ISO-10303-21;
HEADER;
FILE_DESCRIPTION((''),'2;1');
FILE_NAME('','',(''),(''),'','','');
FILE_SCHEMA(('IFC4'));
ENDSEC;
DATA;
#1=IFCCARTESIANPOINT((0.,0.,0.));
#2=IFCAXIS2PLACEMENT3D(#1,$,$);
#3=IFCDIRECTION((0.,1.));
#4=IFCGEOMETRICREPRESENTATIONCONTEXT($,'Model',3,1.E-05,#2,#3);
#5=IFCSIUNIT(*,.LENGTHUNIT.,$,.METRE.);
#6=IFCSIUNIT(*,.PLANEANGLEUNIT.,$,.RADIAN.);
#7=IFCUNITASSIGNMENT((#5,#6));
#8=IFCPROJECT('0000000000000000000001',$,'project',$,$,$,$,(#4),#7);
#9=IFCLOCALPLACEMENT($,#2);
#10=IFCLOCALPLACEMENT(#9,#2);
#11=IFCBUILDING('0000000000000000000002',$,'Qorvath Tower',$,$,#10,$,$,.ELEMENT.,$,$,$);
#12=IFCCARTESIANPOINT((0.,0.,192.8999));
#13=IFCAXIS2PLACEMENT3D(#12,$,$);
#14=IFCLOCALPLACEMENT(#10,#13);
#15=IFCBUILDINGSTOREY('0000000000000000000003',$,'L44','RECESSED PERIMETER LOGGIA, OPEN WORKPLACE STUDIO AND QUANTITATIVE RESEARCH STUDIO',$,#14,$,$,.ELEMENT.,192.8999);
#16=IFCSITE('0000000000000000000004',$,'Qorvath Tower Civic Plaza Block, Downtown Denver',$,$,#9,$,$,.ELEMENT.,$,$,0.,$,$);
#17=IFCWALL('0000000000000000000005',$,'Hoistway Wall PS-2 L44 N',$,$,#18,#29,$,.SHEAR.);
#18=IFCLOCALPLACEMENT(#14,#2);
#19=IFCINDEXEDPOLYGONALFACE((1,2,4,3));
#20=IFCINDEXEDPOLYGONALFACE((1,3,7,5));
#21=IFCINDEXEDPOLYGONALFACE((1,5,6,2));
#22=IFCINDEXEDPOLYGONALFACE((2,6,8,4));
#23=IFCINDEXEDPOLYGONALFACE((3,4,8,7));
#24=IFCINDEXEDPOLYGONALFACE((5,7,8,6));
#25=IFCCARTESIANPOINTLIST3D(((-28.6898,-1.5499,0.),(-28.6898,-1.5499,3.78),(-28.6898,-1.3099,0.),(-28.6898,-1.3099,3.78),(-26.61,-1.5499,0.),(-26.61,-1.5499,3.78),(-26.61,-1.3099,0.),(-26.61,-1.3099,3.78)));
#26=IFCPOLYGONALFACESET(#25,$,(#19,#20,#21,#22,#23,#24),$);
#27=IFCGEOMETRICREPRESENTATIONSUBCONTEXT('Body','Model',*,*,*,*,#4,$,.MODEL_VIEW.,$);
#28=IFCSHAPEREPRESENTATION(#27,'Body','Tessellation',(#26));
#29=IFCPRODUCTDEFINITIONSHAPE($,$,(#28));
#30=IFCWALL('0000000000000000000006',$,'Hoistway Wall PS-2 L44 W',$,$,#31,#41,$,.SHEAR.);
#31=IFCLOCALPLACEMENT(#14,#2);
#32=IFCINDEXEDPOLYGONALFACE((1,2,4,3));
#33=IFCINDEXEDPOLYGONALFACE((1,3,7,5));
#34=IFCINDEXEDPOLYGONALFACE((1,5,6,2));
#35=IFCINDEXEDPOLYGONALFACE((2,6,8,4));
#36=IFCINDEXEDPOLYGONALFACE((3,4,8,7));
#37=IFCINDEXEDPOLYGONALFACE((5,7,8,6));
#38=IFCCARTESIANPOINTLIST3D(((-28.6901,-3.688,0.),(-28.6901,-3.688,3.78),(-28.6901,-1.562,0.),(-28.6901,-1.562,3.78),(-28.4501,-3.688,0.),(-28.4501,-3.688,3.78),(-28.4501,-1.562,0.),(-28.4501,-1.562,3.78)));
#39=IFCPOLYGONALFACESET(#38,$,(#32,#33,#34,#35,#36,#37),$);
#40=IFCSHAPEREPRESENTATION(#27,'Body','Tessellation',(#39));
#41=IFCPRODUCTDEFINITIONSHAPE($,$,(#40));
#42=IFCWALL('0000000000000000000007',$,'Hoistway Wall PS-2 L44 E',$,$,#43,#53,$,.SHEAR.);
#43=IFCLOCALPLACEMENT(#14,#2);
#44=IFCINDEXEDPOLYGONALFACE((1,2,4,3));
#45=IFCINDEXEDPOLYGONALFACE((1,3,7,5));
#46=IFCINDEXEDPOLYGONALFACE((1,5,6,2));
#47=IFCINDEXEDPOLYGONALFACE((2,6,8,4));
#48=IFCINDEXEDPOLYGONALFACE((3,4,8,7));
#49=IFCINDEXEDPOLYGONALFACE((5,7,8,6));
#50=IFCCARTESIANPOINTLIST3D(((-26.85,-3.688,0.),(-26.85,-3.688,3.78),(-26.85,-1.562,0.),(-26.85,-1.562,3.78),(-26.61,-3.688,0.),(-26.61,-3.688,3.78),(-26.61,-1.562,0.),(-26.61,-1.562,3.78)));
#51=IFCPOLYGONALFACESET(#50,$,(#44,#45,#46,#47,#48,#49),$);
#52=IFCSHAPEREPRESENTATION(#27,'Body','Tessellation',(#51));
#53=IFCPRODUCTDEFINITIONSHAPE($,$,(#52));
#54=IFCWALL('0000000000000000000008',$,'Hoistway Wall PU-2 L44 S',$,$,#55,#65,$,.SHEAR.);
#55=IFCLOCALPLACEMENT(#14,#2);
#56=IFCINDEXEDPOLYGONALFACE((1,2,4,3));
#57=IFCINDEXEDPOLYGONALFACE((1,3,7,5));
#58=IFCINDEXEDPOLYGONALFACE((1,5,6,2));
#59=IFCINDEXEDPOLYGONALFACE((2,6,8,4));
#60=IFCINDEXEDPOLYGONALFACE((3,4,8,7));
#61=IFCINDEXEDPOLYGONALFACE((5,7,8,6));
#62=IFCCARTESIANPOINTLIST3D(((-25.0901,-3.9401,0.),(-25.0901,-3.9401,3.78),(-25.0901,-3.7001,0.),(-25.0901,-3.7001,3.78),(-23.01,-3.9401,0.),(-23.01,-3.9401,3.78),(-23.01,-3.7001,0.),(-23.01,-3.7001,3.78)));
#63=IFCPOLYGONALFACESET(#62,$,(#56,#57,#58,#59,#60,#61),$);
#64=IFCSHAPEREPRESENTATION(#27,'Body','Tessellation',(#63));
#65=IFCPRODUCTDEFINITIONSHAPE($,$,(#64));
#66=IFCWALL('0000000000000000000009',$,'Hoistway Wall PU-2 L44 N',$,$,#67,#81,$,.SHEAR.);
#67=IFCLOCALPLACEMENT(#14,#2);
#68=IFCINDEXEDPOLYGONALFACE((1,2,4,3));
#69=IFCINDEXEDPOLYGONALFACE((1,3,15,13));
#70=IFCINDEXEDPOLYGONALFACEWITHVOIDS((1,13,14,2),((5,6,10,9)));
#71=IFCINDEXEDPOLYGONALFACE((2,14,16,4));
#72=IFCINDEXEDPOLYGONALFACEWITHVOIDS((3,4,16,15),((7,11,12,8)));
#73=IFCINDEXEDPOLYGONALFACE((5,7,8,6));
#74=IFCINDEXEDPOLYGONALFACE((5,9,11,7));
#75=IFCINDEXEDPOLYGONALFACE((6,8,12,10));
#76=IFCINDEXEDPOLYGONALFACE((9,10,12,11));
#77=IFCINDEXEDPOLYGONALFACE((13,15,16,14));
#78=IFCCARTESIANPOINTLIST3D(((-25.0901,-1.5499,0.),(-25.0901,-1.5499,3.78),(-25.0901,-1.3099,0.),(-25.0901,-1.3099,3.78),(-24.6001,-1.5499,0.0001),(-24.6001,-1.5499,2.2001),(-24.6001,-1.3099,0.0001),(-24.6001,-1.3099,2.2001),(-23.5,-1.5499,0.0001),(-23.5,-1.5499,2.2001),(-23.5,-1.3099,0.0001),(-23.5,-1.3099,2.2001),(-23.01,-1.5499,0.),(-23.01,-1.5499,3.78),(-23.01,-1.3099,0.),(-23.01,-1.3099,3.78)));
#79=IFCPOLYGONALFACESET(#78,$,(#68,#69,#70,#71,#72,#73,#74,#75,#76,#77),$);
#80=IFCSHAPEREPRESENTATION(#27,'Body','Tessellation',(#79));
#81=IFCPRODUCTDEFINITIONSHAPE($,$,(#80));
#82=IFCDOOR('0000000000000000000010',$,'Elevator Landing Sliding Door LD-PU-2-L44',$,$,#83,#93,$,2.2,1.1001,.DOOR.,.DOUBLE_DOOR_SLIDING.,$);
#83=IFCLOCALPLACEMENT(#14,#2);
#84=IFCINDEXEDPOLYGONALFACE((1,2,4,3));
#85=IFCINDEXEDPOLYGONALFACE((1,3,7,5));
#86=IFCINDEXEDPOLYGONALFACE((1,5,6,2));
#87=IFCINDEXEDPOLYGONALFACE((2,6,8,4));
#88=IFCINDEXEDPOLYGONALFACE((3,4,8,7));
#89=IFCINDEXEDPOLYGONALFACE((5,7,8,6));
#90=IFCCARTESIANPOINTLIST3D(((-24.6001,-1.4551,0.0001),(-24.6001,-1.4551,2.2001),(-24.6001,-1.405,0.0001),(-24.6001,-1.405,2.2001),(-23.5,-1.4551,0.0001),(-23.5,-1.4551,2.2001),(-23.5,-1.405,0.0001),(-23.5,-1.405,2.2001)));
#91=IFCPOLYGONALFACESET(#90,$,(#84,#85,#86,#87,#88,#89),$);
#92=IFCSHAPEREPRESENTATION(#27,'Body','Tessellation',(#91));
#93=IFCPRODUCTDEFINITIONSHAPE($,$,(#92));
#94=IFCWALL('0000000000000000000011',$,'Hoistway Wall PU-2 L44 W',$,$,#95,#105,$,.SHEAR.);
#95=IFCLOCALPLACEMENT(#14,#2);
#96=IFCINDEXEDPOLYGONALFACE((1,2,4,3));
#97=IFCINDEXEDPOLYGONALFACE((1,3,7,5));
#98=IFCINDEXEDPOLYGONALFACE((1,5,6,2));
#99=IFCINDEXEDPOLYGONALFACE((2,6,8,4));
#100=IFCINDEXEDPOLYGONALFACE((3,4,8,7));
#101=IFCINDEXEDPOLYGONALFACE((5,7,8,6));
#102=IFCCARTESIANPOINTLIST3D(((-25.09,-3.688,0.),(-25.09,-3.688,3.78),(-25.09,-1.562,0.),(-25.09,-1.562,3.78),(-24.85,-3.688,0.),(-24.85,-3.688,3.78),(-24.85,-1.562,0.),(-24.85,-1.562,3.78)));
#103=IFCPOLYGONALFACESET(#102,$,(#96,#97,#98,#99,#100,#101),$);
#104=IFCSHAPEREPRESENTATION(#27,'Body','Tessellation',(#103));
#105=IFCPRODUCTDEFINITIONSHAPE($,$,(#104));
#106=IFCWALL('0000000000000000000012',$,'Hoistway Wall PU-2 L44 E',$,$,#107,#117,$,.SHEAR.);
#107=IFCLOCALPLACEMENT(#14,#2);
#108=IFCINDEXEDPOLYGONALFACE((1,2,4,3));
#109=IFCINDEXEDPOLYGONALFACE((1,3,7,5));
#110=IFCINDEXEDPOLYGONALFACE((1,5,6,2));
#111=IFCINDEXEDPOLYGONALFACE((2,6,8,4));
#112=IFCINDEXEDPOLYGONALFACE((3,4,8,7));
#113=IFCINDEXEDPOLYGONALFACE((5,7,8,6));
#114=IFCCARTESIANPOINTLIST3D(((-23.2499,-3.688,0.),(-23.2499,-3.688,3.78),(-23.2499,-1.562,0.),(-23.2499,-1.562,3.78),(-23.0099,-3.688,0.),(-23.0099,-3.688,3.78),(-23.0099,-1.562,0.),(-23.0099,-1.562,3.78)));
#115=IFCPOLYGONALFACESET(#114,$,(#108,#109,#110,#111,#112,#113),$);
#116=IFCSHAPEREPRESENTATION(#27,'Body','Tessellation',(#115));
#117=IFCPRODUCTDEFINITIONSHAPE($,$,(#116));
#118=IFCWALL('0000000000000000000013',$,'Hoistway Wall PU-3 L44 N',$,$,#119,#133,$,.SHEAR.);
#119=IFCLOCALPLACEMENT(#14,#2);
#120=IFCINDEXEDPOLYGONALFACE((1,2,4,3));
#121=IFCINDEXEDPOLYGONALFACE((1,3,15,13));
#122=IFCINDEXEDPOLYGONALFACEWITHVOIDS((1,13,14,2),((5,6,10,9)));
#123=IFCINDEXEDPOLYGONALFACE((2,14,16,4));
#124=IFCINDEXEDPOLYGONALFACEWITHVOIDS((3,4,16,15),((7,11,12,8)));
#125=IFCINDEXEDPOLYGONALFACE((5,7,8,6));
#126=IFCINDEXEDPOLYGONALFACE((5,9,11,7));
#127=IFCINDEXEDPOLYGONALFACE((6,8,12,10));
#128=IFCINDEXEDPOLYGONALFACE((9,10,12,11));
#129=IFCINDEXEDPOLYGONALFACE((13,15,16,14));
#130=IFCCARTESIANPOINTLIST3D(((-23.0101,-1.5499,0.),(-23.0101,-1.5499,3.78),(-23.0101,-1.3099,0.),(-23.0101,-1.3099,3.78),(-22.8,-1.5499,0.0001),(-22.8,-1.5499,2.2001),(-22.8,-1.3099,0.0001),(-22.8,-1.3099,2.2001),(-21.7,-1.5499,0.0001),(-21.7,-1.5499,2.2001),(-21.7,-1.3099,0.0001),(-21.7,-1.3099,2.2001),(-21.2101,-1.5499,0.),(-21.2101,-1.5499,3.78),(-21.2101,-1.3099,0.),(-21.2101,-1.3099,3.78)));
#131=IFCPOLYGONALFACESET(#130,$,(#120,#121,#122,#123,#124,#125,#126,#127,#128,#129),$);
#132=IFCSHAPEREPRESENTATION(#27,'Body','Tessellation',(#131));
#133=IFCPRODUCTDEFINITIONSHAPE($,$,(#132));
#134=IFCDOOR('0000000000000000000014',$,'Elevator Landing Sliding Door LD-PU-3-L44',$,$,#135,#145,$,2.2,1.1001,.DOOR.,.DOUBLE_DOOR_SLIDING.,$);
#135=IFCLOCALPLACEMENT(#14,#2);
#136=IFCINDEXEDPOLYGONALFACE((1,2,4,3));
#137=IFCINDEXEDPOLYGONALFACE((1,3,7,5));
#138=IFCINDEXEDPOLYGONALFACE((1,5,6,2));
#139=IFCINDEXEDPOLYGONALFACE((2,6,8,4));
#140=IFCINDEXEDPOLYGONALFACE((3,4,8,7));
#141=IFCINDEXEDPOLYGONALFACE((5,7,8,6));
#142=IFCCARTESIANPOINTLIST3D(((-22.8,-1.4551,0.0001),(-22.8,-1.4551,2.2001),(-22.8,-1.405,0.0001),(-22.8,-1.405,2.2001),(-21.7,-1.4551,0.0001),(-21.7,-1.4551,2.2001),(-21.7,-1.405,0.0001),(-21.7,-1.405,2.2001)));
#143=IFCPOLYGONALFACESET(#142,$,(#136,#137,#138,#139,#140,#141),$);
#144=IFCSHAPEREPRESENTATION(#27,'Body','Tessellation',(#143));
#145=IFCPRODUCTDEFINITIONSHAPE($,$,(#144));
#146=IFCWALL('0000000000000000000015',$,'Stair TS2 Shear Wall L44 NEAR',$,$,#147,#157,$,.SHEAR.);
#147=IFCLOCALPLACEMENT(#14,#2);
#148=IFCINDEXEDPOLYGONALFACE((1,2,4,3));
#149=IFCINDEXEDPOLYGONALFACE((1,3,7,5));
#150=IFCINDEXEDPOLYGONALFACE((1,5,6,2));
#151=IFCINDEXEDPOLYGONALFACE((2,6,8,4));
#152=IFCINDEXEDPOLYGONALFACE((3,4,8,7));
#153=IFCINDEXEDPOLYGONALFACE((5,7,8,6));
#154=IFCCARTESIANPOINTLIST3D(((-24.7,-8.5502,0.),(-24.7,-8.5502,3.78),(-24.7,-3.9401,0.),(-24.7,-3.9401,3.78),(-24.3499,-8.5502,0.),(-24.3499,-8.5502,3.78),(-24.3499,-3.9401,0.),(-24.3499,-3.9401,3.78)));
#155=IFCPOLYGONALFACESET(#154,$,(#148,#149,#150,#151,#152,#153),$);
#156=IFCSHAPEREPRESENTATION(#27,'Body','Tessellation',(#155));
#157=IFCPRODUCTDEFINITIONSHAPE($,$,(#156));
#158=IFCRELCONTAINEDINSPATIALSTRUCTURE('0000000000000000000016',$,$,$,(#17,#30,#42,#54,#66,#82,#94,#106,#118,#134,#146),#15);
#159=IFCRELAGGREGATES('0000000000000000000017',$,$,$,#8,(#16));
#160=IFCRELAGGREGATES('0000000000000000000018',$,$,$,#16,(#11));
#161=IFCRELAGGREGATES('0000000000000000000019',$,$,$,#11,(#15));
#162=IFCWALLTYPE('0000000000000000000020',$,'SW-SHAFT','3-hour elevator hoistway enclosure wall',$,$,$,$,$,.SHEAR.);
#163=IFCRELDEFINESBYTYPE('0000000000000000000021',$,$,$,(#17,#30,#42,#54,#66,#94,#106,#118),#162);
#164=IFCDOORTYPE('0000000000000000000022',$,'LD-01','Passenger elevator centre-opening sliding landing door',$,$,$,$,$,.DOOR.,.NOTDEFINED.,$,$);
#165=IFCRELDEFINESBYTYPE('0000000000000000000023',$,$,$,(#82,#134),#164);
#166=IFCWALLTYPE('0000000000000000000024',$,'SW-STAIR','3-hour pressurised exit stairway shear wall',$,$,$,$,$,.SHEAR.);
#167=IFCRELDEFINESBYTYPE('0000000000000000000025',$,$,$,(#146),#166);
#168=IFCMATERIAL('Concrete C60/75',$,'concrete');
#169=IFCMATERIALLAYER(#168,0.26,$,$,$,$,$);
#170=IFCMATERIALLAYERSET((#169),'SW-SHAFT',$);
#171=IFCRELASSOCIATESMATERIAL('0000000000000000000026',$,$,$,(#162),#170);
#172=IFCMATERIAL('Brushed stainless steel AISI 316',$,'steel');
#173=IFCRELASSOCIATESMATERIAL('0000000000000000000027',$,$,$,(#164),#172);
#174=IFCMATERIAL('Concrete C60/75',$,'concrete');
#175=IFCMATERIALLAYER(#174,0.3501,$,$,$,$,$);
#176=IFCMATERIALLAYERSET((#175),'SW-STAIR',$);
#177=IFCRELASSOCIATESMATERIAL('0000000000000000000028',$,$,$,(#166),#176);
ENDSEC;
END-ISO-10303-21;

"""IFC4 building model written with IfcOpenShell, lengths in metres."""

from ifc_helpers import new_model, si_unit, direction, frame, frame_2d, origin, place, context, subcontext, project, spatial, rectangle, extrude, material, layer, layer_set, type_object, element, fill, save


model = new_model("IFC4")

# Units and contexts
model_context = context("Model", 3, precision=1e-05, world=origin(), true_north=direction((0.0, 1.0)))
body_context = subcontext(model_context, "Body", "Model", "MODEL_VIEW")
ifc_project = project(units=[si_unit("LENGTHUNIT", "METRE"), si_unit("PLANEANGLEUNIT", "RADIAN")], contexts=[model_context])

# Site, building, storey
site_placement = place(None, origin())
site = spatial("IfcSite", under=ifc_project, at=site_placement, Name="Qorvath Tower Civic Plaza Block, Downtown Denver", CompositionType="ELEMENT", RefElevation=0.0)
building_placement = place(site_placement, origin())
building = spatial("IfcBuilding", under=site, at=building_placement, Name="Qorvath Tower", CompositionType="ELEMENT")
storey_placement = place(building_placement, frame((0.0, 0.0, 192.8999)))
storey = spatial("IfcBuildingStorey", under=building, at=storey_placement, Name="L44", Description="RECESSED PERIMETER LOGGIA, OPEN WORKPLACE STUDIO AND QUANTITATIVE RESEARCH STUDIO", CompositionType="ELEMENT", Elevation=192.8999)

# Shared definitions
ifc_material_1 = material(Name="Concrete C60/75", Category="concrete")
ifc_layer_1 = layer(ifc_material_1, 0.26)
ifc_layer_set_1 = layer_set([ifc_layer_1], Name="SW-SHAFT")
wall_type_1 = type_object("IfcWallType", Name="SW-SHAFT", Description="3-hour elevator hoistway enclosure wall", PredefinedType="SHEAR", material=ifc_layer_set_1)

# Walls
for number, where, z_axis, x_axis, name in (
    (1, (-28.6899, -1.4299, 0.0), (0.0, 0.0, 1.0), (1.0, 0.0, 0.0), "Hoistway Wall PS-2 L44 N"),
):
    element("IfcWall", number, at=place(storey_placement, frame(where, z_axis=z_axis, x_axis=x_axis)), inside=storey, type_object=wall_type_1, Name=name, PredefinedType="SHEAR", context=body_context, shape_type="SweptSolid", body=[
        extrude(rectangle(XDim=2.0798, YDim=0.24, at=frame_2d((1.04, 0.0))), origin(), (0.0, 0.0, 1.0), 3.78),
    ])
for number, where, z_axis, x_axis, name in (
    (2, (-28.5701, -3.688, 0.0), (0.0, 0.0, 1.0), (0.0, 1.0, 0.0), "Hoistway Wall PS-2 L44 W"),
    (3, (-26.73, -1.562, 0.0), (0.0, 0.0, 1.0), (0.0, -1.0, 0.0), "Hoistway Wall PS-2 L44 E"),
):
    element("IfcWall", number, at=place(storey_placement, frame(where, z_axis=z_axis, x_axis=x_axis)), inside=storey, type_object=wall_type_1, Name=name, PredefinedType="SHEAR", context=body_context, shape_type="SweptSolid", body=[
        extrude(rectangle(XDim=2.126, YDim=0.24, at=frame_2d((1.063, 0.0))), origin(), (0.0, 0.0, 1.0), 3.78),
    ])
wall_1_placement = place(storey_placement, frame((-23.01, -3.8201, 0.0), z_axis=(0.0, 0.0, 1.0), x_axis=(-1.0, 0.0, 0.0)))
element("IfcWall", 4, at=wall_1_placement, inside=storey, type_object=wall_type_1, Name="Hoistway Wall PU-2 L44 S", PredefinedType="SHEAR", context=body_context, shape_type="SweptSolid", body=[
    extrude(rectangle(XDim=2.0801, YDim=0.24, at=frame_2d((1.04, 0.0))), origin(), (0.0, 0.0, 1.0), 3.78),
])

# Wall, opening, door
wall_2_placement = place(storey_placement, frame((-25.0901, -1.4299, 0.0), z_axis=(0.0, 0.0, 1.0), x_axis=(1.0, 0.0, 0.0)))
wall_2 = element("IfcWall", 5, at=wall_2_placement, inside=storey, type_object=wall_type_1, Name="Hoistway Wall PU-2 L44 N", PredefinedType="SHEAR", context=body_context, shape_type="SweptSolid", body=[
    extrude(rectangle(XDim=2.0801, YDim=0.24, at=frame_2d((1.04, 0.0))), origin(), (0.0, 0.0, 1.0), 3.78),
])
opening_1_placement = place(wall_2_placement, frame((0.49, 0.0, 0.0)))
opening_1 = element("IfcOpeningElement", 6, at=opening_1_placement, cuts=wall_2, PredefinedType="OPENING", context=body_context, shape_type="SweptSolid", body=[
    extrude(rectangle(XDim=1.1001, YDim=2.2, at=frame_2d((0.55, 1.1001))), frame((0.0, 0.1299, 0.0), z_axis=(0.0, -1.0, 0.0), x_axis=(1.0, 0.0, 0.0)), (0.0, 0.0, 1.0), 0.26),
])
ifc_material_2 = material(Name="Brushed stainless steel AISI 316", Category="steel")
door_type_1 = type_object("IfcDoorType", Name="LD-01", Description="Passenger elevator centre-opening sliding landing door", OperationType="NOTDEFINED", PredefinedType="DOOR", material=ifc_material_2)
door_1_placement = place(opening_1_placement, origin())
door_1 = element("IfcDoor", 7, at=door_1_placement, inside=storey, type_object=door_type_1, Name="Elevator Landing Sliding Door LD-PU-2-L44", OperationType="DOUBLE_DOOR_SLIDING", OverallHeight=2.2, OverallWidth=1.1001, PredefinedType="DOOR", context=body_context, shape_type="SweptSolid", body=[
    extrude(rectangle(XDim=1.1001, YDim=2.2, at=frame_2d((0.55, 1.1001))), frame((0.0, 0.0249, 0.0), z_axis=(0.0, -1.0, 0.0), x_axis=(1.0, 0.0, 0.0)), (0.0, 0.0, 1.0), 0.05),
])
fill(opening_1, door_1)

# Walls
for number, where, z_axis, x_axis, name in (
    (8, (-24.97, -3.688, 0.0), (0.0, 0.0, 1.0), (0.0, 1.0, 0.0), "Hoistway Wall PU-2 L44 W"),
    (9, (-23.1299, -1.562, 0.0), (0.0, 0.0, 1.0), (0.0, -1.0, 0.0), "Hoistway Wall PU-2 L44 E"),
):
    element("IfcWall", number, at=place(storey_placement, frame(where, z_axis=z_axis, x_axis=x_axis)), inside=storey, type_object=wall_type_1, Name=name, PredefinedType="SHEAR", context=body_context, shape_type="SweptSolid", body=[
        extrude(rectangle(XDim=2.126, YDim=0.24, at=frame_2d((1.063, 0.0))), origin(), (0.0, 0.0, 1.0), 3.78),
    ])

# Wall, opening, door
wall_3_placement = place(storey_placement, frame((-23.01, -1.4299, 0.0), z_axis=(0.0, 0.0, 1.0), x_axis=(1.0, 0.0, 0.0)))
wall_3 = element("IfcWall", 10, at=wall_3_placement, inside=storey, type_object=wall_type_1, Name="Hoistway Wall PU-3 L44 N", PredefinedType="SHEAR", context=body_context, shape_type="SweptSolid", body=[
    extrude(rectangle(XDim=1.8, YDim=0.24, at=frame_2d((0.8999, 0.0))), origin(), (0.0, 0.0, 1.0), 3.78),
])
opening_2_placement = place(wall_3_placement, frame((0.21, 0.0, 0.0)))
opening_2 = element("IfcOpeningElement", 11, at=opening_2_placement, cuts=wall_3, PredefinedType="OPENING", context=body_context, shape_type="SweptSolid", body=[
    extrude(rectangle(XDim=1.1001, YDim=2.2, at=frame_2d((0.55, 1.1001))), frame((0.0, 0.1299, 0.0), z_axis=(0.0, -1.0, 0.0), x_axis=(1.0, 0.0, 0.0)), (0.0, 0.0, 1.0), 0.26),
])
door_2_placement = place(opening_2_placement, origin())
door_2 = element("IfcDoor", 12, at=door_2_placement, inside=storey, type_object=door_type_1, Name="Elevator Landing Sliding Door LD-PU-3-L44", OperationType="DOUBLE_DOOR_SLIDING", OverallHeight=2.2, OverallWidth=1.1001, PredefinedType="DOOR", context=body_context, shape_type="SweptSolid", body=[
    extrude(rectangle(XDim=1.1001, YDim=2.2, at=frame_2d((0.55, 1.1001))), frame((0.0, 0.0249, 0.0), z_axis=(0.0, -1.0, 0.0), x_axis=(1.0, 0.0, 0.0)), (0.0, 0.0, 1.0), 0.05),
])
fill(opening_2, door_2)

# Wall
ifc_material_3 = material(Name="Concrete C60/75", Category="concrete")
ifc_layer_2 = layer(ifc_material_3, 0.3501)
ifc_layer_set_2 = layer_set([ifc_layer_2], Name="SW-STAIR")
wall_type_2 = type_object("IfcWallType", Name="SW-STAIR", Description="3-hour pressurised exit stairway shear wall", PredefinedType="SHEAR", material=ifc_layer_set_2)
wall_4_placement = place(storey_placement, frame((-24.5249, -3.9399, 0.0), z_axis=(0.0, 0.0, 1.0), x_axis=(0.0, -1.0, 0.0)))
element("IfcWall", 13, at=wall_4_placement, inside=storey, type_object=wall_type_2, Name="Stair TS2 Shear Wall L44 NEAR", PredefinedType="SHEAR", context=body_context, shape_type="SweptSolid", body=[
    extrude(rectangle(XDim=4.6101, YDim=0.3501, at=frame_2d((2.3052, 0.0))), origin(), (0.0, 0.0, 1.0), 3.78),
])

save(model, "model.ifc")
